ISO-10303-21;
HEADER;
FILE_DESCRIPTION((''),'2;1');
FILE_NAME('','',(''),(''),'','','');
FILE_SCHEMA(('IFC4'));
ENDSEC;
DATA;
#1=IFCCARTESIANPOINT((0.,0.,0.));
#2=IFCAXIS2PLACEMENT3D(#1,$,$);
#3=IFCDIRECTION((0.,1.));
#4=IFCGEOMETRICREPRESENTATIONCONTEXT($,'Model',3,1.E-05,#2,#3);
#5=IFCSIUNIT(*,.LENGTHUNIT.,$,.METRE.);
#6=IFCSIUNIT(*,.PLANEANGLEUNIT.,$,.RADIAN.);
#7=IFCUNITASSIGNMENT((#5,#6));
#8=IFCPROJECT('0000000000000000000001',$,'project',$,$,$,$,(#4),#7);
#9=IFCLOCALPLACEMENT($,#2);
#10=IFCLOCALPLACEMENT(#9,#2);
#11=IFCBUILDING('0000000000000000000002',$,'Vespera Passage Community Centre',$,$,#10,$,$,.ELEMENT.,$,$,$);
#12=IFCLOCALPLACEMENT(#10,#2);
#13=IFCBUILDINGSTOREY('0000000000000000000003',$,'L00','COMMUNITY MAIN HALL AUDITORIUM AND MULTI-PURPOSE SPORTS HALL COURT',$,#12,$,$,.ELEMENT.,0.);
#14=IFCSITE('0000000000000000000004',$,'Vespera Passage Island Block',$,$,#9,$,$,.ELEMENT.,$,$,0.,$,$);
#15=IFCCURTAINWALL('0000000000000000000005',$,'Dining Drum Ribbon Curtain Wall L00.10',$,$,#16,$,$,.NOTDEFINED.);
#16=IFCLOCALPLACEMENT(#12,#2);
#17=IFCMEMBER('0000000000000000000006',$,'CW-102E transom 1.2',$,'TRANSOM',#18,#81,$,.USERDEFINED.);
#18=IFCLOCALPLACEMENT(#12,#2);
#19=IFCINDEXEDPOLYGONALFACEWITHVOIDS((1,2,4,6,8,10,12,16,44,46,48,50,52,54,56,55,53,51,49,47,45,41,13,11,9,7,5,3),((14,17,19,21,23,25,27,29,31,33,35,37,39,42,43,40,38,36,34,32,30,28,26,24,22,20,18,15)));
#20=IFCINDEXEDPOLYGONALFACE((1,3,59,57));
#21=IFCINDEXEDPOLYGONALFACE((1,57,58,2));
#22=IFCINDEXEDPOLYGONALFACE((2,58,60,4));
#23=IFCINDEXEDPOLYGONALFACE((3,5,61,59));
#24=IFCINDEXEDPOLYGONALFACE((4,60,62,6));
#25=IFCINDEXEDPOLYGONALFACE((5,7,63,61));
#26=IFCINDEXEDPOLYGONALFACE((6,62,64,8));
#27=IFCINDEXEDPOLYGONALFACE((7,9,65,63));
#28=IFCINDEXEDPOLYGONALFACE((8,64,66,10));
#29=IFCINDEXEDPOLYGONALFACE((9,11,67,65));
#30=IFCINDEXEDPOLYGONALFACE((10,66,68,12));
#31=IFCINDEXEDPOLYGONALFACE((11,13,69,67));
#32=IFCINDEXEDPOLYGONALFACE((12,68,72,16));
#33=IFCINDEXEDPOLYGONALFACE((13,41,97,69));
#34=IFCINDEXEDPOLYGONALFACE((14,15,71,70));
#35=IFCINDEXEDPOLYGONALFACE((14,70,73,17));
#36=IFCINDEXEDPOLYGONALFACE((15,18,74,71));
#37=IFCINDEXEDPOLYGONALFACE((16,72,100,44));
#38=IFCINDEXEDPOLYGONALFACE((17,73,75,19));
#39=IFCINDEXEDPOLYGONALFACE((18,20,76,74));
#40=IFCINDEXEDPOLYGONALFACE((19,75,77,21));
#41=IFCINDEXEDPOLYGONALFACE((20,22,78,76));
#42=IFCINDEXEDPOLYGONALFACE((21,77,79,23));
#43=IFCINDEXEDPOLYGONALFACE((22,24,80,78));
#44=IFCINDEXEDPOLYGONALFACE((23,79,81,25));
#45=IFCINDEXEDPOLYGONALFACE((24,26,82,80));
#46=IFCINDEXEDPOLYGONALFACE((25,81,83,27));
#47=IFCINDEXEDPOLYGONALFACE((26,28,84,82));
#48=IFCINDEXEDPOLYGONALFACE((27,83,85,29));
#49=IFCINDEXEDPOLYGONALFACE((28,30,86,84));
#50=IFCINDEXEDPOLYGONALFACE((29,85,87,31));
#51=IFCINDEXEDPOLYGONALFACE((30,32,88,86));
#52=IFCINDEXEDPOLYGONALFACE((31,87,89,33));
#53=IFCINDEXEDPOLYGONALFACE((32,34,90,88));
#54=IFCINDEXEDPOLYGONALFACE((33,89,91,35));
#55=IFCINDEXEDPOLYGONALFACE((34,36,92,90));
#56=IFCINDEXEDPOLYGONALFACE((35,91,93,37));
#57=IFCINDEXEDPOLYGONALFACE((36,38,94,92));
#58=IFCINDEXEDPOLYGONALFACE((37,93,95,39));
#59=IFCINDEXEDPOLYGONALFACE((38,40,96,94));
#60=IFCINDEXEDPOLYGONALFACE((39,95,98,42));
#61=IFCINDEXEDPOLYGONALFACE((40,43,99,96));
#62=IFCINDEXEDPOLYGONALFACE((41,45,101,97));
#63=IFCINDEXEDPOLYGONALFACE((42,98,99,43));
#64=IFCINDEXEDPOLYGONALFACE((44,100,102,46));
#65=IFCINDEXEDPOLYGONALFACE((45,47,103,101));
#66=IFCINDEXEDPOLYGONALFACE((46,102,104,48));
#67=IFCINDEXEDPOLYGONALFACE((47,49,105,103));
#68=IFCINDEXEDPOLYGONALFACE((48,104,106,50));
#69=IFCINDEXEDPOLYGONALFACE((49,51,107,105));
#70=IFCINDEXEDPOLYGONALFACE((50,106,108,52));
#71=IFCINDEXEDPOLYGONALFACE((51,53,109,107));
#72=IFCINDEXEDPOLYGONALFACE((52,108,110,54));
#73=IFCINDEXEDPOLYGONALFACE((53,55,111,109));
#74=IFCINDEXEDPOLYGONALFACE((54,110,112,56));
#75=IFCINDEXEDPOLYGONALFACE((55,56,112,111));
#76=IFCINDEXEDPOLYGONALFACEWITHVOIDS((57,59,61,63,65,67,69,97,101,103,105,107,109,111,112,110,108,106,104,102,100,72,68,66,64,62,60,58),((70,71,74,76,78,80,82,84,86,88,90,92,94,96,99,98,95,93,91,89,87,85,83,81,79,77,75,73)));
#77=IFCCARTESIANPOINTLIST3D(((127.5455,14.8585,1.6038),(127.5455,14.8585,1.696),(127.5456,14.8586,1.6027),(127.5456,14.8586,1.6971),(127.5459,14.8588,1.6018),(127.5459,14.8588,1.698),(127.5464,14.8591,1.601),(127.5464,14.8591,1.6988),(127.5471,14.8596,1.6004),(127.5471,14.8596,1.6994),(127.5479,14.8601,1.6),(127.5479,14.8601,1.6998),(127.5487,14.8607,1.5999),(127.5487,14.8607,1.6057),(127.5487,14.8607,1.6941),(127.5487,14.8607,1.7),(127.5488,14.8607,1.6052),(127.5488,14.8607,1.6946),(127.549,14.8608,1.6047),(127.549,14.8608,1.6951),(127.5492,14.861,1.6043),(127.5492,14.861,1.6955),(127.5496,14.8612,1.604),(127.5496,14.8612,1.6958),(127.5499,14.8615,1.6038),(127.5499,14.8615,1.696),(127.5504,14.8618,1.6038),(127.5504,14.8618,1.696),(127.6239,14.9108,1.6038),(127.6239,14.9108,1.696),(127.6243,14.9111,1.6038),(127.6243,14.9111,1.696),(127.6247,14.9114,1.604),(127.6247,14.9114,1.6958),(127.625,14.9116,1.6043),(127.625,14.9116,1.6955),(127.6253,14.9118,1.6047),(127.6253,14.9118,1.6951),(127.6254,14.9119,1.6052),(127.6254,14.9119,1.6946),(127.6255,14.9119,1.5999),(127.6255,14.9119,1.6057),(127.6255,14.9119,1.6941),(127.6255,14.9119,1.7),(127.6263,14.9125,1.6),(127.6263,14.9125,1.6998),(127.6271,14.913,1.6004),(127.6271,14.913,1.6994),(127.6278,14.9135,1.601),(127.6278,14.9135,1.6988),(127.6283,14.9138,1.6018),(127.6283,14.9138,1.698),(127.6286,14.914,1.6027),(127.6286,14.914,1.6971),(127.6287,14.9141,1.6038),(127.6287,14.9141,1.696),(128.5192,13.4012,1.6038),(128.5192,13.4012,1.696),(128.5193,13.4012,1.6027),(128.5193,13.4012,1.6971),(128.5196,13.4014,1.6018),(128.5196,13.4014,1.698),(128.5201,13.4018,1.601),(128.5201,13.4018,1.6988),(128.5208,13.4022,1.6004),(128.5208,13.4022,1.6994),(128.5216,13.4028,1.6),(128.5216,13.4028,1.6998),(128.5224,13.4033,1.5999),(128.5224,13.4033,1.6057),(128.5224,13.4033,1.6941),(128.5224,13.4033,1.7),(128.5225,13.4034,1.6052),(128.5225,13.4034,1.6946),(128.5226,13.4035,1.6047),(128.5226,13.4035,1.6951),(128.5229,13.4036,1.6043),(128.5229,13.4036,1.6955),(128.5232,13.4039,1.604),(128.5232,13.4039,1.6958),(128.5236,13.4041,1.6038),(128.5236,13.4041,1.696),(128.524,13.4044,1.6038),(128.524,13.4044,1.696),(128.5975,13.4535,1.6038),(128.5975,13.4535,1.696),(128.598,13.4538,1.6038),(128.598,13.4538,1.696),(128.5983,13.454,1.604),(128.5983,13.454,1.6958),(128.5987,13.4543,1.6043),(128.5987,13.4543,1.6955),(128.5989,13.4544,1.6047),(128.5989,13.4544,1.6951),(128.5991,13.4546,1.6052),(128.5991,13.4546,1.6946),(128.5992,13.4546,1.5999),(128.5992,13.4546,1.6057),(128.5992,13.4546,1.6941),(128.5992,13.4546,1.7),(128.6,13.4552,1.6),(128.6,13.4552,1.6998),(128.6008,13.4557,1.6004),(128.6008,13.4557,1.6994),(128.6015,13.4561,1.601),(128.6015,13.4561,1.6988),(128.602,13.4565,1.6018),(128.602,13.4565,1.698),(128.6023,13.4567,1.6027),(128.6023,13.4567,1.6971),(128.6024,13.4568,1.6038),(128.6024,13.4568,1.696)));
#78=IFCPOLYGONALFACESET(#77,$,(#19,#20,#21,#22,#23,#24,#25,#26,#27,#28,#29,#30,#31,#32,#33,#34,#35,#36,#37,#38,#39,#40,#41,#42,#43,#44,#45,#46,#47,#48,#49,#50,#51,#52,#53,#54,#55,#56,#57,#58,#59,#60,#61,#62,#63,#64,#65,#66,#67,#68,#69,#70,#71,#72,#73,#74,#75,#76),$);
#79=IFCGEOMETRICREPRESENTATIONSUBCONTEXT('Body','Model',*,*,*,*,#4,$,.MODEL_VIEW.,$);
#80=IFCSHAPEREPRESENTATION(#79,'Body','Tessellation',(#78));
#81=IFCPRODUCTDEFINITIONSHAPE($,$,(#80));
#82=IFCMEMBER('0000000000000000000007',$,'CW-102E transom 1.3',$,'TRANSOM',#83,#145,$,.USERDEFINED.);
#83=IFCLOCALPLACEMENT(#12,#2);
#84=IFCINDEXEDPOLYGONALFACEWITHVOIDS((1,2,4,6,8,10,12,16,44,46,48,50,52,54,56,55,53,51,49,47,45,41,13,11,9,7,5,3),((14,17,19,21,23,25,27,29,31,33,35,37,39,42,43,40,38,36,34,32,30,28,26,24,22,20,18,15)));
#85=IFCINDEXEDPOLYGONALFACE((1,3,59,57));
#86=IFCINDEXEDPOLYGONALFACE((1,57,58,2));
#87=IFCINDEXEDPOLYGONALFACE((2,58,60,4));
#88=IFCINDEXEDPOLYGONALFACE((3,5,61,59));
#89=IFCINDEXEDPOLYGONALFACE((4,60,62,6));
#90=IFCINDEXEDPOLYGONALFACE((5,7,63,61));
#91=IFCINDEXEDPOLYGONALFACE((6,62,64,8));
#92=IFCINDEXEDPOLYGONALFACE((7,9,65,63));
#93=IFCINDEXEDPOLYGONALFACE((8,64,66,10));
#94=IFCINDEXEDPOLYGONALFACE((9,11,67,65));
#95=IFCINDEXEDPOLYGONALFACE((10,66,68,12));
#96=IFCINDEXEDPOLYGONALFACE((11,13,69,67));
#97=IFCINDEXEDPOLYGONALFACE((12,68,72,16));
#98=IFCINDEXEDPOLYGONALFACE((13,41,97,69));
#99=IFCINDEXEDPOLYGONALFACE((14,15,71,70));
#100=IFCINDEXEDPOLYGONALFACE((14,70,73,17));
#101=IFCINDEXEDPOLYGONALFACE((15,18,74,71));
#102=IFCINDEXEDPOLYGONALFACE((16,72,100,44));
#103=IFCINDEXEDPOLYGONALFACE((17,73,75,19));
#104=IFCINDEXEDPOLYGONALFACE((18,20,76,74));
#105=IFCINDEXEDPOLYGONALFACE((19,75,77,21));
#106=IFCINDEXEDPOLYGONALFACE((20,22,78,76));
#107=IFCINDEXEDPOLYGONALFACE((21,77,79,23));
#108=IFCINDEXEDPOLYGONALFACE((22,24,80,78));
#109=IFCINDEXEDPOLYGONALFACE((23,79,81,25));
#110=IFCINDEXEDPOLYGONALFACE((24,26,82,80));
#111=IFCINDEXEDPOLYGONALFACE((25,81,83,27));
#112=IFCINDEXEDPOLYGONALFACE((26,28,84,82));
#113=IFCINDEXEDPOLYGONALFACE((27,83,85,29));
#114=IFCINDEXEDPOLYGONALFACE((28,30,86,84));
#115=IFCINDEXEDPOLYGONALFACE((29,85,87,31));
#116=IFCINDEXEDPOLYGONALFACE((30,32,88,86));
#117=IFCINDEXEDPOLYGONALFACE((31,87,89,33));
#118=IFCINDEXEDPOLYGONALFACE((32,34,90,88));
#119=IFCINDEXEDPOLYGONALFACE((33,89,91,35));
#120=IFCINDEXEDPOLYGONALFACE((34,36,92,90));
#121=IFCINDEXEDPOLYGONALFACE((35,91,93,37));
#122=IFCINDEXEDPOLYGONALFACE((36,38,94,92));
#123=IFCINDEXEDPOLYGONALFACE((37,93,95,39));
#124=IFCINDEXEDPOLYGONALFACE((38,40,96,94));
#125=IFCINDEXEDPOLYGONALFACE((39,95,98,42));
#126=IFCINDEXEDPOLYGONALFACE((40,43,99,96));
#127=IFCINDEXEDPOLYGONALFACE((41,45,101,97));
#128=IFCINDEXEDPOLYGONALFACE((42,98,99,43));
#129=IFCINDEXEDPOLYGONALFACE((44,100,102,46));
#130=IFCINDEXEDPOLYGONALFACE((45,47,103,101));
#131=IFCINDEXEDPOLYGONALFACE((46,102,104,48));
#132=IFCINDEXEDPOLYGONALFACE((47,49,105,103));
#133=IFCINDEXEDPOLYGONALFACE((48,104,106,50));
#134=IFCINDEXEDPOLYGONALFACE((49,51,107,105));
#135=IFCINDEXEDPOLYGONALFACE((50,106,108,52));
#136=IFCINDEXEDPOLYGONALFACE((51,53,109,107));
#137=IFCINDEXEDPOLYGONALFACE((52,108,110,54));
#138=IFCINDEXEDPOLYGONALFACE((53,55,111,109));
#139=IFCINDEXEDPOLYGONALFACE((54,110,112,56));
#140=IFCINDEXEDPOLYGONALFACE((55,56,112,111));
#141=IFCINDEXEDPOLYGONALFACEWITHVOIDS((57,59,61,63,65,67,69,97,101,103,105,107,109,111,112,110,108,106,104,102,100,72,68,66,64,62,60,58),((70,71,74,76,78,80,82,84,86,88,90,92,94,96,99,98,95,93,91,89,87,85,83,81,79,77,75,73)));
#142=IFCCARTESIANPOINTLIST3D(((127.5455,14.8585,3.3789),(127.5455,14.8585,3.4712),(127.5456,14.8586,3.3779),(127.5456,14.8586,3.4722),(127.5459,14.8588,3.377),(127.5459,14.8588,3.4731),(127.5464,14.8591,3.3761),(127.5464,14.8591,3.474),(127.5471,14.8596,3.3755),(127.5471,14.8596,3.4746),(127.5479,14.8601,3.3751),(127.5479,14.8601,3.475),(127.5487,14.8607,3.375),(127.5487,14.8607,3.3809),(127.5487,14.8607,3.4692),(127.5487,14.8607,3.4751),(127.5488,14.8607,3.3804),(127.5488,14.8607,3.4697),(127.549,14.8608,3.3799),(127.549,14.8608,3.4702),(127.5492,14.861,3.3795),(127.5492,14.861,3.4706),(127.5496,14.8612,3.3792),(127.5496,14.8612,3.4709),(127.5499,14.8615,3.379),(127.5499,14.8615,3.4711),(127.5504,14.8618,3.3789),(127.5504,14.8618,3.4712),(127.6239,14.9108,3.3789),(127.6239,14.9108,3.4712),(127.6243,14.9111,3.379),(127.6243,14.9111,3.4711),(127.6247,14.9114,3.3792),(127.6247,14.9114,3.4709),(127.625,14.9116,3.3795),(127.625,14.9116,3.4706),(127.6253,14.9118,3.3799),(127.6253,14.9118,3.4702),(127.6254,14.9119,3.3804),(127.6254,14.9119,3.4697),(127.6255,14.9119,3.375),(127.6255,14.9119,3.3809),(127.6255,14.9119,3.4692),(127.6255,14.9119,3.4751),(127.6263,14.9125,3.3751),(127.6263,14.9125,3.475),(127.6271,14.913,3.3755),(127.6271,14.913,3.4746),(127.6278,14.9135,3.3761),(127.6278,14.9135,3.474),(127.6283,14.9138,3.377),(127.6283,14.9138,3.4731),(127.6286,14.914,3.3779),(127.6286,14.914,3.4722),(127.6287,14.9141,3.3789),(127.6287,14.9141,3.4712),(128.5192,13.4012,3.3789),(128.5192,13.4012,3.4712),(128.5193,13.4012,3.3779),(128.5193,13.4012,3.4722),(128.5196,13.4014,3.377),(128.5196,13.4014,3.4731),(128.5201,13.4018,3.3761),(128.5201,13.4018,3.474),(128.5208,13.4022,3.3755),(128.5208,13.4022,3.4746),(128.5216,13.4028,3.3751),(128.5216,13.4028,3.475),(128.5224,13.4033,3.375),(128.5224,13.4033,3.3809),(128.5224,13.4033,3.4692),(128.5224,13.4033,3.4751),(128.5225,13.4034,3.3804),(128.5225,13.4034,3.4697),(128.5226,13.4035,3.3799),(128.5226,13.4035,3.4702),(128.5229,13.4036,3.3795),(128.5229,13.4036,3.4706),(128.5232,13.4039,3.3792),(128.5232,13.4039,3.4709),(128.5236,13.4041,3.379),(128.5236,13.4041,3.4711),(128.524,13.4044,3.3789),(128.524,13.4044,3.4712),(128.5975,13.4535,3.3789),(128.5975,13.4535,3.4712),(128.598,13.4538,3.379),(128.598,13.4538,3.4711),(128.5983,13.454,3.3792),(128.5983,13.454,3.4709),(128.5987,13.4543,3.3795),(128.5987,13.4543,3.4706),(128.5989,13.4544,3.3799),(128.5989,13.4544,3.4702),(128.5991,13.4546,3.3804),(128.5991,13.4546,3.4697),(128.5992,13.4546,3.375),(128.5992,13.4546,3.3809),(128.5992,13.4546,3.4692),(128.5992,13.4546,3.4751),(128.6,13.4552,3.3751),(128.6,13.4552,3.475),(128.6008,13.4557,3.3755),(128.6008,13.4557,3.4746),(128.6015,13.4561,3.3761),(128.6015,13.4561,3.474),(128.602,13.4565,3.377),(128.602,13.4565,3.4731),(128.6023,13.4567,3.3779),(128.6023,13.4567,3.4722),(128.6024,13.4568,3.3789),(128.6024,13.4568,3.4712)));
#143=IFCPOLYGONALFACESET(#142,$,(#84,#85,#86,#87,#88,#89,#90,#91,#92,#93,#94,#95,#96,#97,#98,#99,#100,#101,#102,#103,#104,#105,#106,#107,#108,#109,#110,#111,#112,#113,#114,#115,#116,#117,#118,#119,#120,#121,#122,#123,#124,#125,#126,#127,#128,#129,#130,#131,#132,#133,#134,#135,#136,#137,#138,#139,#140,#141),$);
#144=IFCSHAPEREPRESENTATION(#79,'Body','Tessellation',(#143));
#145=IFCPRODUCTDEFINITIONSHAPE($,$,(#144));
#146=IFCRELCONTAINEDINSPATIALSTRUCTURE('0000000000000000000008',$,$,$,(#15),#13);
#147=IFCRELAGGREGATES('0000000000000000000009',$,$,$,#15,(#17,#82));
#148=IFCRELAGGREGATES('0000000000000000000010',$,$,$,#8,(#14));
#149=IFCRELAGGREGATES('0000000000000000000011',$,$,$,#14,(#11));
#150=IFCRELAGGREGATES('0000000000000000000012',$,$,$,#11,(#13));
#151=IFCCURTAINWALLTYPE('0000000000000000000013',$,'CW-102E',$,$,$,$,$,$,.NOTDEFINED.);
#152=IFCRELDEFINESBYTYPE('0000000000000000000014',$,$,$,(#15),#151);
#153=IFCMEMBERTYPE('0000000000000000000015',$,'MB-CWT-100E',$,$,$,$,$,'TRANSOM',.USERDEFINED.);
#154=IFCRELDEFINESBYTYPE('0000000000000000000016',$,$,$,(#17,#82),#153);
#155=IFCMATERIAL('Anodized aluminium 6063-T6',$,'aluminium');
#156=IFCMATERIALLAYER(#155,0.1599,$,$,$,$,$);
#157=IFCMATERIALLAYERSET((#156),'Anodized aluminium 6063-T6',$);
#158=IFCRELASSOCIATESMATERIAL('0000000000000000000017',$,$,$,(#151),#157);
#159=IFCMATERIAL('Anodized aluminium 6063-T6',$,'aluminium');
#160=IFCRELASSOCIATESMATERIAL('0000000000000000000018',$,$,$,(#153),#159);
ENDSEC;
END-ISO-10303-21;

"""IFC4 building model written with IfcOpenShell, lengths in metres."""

from ifc_helpers import new_model, si_unit, direction, frame, origin, origin_2d, place, context, subcontext, project, spatial, hollow_rectangle, extrude, material, layer, layer_set, material_profile, profile_set, type_object, element, aggregate, save


model = new_model("IFC4")

# Units and contexts
model_context = context("Model", 3, precision=1e-05, world=origin(), true_north=direction((0.0, 1.0)))
body_context = subcontext(model_context, "Body", "Model", "MODEL_VIEW")
ifc_project = project(units=[si_unit("LENGTHUNIT", "METRE"), si_unit("PLANEANGLEUNIT", "RADIAN")], contexts=[model_context])

# Site, building, storey
site_placement = place(None, origin())
site = spatial("IfcSite", under=ifc_project, at=site_placement, Name="Vespera Passage Island Block", CompositionType="ELEMENT", RefElevation=0.0)
building_placement = place(site_placement, origin())
building = spatial("IfcBuilding", under=site, at=building_placement, Name="Vespera Passage Community Centre", CompositionType="ELEMENT")
storey_placement = place(building_placement, origin())
storey = spatial("IfcBuildingStorey", under=building, at=storey_placement, Name="L00", Description="COMMUNITY MAIN HALL AUDITORIUM AND MULTI-PURPOSE SPORTS HALL COURT", CompositionType="ELEMENT", Elevation=0.0)

# Curtain wall
ifc_material_1 = material(Name="Anodized aluminium 6063-T6", Category="aluminium")
ifc_layer_1 = layer(ifc_material_1, 0.1599)
ifc_layer_set_1 = layer_set([ifc_layer_1], Name="Anodized aluminium 6063-T6")
curtain_wall_type_1 = type_object("IfcCurtainWallType", Name="CW-102E", PredefinedType="NOTDEFINED", material=ifc_layer_set_1)
curtain_wall_1_placement = place(storey_placement, origin())
curtain_wall_1 = element("IfcCurtainWall", 1, at=curtain_wall_1_placement, inside=storey, type_object=curtain_wall_type_1, Name="Dining Drum Ribbon Curtain Wall L00.10", PredefinedType="NOTDEFINED")

# Members
ifc_material_2 = material(Name="Anodized aluminium 6063-T6", Category="aluminium")
ifc_material_profile_1 = material_profile(ifc_material_2, hollow_rectangle(XDim=0.1001, YDim=0.1001, WallThickness=0.0039, InnerFilletRadius=0.002, OuterFilletRadius=0.0039, at=origin_2d()), Name="ALU100X100X4")
ifc_profile_set_1 = profile_set([ifc_material_profile_1], Name="Anodized aluminium 6063-T6")
member_type_1 = type_object("IfcMemberType", Name="MB-CWT-100E", ElementType="TRANSOM", PredefinedType="USERDEFINED", material=ifc_profile_set_1)
member_1_placement = place(storey_placement, frame((128.5608, 13.429, 1.6499), z_axis=(-0.555536, 0.831493, 0.0), x_axis=(-0.831493, -0.555536, 0.0)))
member_1 = element("IfcMember", 2, at=member_1_placement, type_object=member_type_1, Name="CW-102E transom 1.2", ObjectType="TRANSOM", PredefinedType="USERDEFINED", context=body_context, shape_type="SweptSolid", body=[
    extrude(hollow_rectangle(XDim=0.1001, YDim=0.1001, WallThickness=0.0039, InnerFilletRadius=0.002, OuterFilletRadius=0.0039, at=origin_2d()), origin(), (0.0, 0.0, 1.0), 1.7527),
])
member_2_placement = place(storey_placement, frame((128.5608, 13.429, 3.425), z_axis=(-0.555536, 0.831493, 0.0), x_axis=(-0.831493, -0.555536, 0.0)))
member_2 = element("IfcMember", 3, at=member_2_placement, type_object=member_type_1, Name="CW-102E transom 1.3", ObjectType="TRANSOM", PredefinedType="USERDEFINED", context=body_context, shape_type="SweptSolid", body=[
    extrude(hollow_rectangle(XDim=0.1001, YDim=0.1001, WallThickness=0.0039, InnerFilletRadius=0.002, OuterFilletRadius=0.0039, at=origin_2d()), origin(), (0.0, 0.0, 1.0), 1.7527),
])

aggregate(curtain_wall_1, [member_1, member_2])

save(model, "model.ifc")
